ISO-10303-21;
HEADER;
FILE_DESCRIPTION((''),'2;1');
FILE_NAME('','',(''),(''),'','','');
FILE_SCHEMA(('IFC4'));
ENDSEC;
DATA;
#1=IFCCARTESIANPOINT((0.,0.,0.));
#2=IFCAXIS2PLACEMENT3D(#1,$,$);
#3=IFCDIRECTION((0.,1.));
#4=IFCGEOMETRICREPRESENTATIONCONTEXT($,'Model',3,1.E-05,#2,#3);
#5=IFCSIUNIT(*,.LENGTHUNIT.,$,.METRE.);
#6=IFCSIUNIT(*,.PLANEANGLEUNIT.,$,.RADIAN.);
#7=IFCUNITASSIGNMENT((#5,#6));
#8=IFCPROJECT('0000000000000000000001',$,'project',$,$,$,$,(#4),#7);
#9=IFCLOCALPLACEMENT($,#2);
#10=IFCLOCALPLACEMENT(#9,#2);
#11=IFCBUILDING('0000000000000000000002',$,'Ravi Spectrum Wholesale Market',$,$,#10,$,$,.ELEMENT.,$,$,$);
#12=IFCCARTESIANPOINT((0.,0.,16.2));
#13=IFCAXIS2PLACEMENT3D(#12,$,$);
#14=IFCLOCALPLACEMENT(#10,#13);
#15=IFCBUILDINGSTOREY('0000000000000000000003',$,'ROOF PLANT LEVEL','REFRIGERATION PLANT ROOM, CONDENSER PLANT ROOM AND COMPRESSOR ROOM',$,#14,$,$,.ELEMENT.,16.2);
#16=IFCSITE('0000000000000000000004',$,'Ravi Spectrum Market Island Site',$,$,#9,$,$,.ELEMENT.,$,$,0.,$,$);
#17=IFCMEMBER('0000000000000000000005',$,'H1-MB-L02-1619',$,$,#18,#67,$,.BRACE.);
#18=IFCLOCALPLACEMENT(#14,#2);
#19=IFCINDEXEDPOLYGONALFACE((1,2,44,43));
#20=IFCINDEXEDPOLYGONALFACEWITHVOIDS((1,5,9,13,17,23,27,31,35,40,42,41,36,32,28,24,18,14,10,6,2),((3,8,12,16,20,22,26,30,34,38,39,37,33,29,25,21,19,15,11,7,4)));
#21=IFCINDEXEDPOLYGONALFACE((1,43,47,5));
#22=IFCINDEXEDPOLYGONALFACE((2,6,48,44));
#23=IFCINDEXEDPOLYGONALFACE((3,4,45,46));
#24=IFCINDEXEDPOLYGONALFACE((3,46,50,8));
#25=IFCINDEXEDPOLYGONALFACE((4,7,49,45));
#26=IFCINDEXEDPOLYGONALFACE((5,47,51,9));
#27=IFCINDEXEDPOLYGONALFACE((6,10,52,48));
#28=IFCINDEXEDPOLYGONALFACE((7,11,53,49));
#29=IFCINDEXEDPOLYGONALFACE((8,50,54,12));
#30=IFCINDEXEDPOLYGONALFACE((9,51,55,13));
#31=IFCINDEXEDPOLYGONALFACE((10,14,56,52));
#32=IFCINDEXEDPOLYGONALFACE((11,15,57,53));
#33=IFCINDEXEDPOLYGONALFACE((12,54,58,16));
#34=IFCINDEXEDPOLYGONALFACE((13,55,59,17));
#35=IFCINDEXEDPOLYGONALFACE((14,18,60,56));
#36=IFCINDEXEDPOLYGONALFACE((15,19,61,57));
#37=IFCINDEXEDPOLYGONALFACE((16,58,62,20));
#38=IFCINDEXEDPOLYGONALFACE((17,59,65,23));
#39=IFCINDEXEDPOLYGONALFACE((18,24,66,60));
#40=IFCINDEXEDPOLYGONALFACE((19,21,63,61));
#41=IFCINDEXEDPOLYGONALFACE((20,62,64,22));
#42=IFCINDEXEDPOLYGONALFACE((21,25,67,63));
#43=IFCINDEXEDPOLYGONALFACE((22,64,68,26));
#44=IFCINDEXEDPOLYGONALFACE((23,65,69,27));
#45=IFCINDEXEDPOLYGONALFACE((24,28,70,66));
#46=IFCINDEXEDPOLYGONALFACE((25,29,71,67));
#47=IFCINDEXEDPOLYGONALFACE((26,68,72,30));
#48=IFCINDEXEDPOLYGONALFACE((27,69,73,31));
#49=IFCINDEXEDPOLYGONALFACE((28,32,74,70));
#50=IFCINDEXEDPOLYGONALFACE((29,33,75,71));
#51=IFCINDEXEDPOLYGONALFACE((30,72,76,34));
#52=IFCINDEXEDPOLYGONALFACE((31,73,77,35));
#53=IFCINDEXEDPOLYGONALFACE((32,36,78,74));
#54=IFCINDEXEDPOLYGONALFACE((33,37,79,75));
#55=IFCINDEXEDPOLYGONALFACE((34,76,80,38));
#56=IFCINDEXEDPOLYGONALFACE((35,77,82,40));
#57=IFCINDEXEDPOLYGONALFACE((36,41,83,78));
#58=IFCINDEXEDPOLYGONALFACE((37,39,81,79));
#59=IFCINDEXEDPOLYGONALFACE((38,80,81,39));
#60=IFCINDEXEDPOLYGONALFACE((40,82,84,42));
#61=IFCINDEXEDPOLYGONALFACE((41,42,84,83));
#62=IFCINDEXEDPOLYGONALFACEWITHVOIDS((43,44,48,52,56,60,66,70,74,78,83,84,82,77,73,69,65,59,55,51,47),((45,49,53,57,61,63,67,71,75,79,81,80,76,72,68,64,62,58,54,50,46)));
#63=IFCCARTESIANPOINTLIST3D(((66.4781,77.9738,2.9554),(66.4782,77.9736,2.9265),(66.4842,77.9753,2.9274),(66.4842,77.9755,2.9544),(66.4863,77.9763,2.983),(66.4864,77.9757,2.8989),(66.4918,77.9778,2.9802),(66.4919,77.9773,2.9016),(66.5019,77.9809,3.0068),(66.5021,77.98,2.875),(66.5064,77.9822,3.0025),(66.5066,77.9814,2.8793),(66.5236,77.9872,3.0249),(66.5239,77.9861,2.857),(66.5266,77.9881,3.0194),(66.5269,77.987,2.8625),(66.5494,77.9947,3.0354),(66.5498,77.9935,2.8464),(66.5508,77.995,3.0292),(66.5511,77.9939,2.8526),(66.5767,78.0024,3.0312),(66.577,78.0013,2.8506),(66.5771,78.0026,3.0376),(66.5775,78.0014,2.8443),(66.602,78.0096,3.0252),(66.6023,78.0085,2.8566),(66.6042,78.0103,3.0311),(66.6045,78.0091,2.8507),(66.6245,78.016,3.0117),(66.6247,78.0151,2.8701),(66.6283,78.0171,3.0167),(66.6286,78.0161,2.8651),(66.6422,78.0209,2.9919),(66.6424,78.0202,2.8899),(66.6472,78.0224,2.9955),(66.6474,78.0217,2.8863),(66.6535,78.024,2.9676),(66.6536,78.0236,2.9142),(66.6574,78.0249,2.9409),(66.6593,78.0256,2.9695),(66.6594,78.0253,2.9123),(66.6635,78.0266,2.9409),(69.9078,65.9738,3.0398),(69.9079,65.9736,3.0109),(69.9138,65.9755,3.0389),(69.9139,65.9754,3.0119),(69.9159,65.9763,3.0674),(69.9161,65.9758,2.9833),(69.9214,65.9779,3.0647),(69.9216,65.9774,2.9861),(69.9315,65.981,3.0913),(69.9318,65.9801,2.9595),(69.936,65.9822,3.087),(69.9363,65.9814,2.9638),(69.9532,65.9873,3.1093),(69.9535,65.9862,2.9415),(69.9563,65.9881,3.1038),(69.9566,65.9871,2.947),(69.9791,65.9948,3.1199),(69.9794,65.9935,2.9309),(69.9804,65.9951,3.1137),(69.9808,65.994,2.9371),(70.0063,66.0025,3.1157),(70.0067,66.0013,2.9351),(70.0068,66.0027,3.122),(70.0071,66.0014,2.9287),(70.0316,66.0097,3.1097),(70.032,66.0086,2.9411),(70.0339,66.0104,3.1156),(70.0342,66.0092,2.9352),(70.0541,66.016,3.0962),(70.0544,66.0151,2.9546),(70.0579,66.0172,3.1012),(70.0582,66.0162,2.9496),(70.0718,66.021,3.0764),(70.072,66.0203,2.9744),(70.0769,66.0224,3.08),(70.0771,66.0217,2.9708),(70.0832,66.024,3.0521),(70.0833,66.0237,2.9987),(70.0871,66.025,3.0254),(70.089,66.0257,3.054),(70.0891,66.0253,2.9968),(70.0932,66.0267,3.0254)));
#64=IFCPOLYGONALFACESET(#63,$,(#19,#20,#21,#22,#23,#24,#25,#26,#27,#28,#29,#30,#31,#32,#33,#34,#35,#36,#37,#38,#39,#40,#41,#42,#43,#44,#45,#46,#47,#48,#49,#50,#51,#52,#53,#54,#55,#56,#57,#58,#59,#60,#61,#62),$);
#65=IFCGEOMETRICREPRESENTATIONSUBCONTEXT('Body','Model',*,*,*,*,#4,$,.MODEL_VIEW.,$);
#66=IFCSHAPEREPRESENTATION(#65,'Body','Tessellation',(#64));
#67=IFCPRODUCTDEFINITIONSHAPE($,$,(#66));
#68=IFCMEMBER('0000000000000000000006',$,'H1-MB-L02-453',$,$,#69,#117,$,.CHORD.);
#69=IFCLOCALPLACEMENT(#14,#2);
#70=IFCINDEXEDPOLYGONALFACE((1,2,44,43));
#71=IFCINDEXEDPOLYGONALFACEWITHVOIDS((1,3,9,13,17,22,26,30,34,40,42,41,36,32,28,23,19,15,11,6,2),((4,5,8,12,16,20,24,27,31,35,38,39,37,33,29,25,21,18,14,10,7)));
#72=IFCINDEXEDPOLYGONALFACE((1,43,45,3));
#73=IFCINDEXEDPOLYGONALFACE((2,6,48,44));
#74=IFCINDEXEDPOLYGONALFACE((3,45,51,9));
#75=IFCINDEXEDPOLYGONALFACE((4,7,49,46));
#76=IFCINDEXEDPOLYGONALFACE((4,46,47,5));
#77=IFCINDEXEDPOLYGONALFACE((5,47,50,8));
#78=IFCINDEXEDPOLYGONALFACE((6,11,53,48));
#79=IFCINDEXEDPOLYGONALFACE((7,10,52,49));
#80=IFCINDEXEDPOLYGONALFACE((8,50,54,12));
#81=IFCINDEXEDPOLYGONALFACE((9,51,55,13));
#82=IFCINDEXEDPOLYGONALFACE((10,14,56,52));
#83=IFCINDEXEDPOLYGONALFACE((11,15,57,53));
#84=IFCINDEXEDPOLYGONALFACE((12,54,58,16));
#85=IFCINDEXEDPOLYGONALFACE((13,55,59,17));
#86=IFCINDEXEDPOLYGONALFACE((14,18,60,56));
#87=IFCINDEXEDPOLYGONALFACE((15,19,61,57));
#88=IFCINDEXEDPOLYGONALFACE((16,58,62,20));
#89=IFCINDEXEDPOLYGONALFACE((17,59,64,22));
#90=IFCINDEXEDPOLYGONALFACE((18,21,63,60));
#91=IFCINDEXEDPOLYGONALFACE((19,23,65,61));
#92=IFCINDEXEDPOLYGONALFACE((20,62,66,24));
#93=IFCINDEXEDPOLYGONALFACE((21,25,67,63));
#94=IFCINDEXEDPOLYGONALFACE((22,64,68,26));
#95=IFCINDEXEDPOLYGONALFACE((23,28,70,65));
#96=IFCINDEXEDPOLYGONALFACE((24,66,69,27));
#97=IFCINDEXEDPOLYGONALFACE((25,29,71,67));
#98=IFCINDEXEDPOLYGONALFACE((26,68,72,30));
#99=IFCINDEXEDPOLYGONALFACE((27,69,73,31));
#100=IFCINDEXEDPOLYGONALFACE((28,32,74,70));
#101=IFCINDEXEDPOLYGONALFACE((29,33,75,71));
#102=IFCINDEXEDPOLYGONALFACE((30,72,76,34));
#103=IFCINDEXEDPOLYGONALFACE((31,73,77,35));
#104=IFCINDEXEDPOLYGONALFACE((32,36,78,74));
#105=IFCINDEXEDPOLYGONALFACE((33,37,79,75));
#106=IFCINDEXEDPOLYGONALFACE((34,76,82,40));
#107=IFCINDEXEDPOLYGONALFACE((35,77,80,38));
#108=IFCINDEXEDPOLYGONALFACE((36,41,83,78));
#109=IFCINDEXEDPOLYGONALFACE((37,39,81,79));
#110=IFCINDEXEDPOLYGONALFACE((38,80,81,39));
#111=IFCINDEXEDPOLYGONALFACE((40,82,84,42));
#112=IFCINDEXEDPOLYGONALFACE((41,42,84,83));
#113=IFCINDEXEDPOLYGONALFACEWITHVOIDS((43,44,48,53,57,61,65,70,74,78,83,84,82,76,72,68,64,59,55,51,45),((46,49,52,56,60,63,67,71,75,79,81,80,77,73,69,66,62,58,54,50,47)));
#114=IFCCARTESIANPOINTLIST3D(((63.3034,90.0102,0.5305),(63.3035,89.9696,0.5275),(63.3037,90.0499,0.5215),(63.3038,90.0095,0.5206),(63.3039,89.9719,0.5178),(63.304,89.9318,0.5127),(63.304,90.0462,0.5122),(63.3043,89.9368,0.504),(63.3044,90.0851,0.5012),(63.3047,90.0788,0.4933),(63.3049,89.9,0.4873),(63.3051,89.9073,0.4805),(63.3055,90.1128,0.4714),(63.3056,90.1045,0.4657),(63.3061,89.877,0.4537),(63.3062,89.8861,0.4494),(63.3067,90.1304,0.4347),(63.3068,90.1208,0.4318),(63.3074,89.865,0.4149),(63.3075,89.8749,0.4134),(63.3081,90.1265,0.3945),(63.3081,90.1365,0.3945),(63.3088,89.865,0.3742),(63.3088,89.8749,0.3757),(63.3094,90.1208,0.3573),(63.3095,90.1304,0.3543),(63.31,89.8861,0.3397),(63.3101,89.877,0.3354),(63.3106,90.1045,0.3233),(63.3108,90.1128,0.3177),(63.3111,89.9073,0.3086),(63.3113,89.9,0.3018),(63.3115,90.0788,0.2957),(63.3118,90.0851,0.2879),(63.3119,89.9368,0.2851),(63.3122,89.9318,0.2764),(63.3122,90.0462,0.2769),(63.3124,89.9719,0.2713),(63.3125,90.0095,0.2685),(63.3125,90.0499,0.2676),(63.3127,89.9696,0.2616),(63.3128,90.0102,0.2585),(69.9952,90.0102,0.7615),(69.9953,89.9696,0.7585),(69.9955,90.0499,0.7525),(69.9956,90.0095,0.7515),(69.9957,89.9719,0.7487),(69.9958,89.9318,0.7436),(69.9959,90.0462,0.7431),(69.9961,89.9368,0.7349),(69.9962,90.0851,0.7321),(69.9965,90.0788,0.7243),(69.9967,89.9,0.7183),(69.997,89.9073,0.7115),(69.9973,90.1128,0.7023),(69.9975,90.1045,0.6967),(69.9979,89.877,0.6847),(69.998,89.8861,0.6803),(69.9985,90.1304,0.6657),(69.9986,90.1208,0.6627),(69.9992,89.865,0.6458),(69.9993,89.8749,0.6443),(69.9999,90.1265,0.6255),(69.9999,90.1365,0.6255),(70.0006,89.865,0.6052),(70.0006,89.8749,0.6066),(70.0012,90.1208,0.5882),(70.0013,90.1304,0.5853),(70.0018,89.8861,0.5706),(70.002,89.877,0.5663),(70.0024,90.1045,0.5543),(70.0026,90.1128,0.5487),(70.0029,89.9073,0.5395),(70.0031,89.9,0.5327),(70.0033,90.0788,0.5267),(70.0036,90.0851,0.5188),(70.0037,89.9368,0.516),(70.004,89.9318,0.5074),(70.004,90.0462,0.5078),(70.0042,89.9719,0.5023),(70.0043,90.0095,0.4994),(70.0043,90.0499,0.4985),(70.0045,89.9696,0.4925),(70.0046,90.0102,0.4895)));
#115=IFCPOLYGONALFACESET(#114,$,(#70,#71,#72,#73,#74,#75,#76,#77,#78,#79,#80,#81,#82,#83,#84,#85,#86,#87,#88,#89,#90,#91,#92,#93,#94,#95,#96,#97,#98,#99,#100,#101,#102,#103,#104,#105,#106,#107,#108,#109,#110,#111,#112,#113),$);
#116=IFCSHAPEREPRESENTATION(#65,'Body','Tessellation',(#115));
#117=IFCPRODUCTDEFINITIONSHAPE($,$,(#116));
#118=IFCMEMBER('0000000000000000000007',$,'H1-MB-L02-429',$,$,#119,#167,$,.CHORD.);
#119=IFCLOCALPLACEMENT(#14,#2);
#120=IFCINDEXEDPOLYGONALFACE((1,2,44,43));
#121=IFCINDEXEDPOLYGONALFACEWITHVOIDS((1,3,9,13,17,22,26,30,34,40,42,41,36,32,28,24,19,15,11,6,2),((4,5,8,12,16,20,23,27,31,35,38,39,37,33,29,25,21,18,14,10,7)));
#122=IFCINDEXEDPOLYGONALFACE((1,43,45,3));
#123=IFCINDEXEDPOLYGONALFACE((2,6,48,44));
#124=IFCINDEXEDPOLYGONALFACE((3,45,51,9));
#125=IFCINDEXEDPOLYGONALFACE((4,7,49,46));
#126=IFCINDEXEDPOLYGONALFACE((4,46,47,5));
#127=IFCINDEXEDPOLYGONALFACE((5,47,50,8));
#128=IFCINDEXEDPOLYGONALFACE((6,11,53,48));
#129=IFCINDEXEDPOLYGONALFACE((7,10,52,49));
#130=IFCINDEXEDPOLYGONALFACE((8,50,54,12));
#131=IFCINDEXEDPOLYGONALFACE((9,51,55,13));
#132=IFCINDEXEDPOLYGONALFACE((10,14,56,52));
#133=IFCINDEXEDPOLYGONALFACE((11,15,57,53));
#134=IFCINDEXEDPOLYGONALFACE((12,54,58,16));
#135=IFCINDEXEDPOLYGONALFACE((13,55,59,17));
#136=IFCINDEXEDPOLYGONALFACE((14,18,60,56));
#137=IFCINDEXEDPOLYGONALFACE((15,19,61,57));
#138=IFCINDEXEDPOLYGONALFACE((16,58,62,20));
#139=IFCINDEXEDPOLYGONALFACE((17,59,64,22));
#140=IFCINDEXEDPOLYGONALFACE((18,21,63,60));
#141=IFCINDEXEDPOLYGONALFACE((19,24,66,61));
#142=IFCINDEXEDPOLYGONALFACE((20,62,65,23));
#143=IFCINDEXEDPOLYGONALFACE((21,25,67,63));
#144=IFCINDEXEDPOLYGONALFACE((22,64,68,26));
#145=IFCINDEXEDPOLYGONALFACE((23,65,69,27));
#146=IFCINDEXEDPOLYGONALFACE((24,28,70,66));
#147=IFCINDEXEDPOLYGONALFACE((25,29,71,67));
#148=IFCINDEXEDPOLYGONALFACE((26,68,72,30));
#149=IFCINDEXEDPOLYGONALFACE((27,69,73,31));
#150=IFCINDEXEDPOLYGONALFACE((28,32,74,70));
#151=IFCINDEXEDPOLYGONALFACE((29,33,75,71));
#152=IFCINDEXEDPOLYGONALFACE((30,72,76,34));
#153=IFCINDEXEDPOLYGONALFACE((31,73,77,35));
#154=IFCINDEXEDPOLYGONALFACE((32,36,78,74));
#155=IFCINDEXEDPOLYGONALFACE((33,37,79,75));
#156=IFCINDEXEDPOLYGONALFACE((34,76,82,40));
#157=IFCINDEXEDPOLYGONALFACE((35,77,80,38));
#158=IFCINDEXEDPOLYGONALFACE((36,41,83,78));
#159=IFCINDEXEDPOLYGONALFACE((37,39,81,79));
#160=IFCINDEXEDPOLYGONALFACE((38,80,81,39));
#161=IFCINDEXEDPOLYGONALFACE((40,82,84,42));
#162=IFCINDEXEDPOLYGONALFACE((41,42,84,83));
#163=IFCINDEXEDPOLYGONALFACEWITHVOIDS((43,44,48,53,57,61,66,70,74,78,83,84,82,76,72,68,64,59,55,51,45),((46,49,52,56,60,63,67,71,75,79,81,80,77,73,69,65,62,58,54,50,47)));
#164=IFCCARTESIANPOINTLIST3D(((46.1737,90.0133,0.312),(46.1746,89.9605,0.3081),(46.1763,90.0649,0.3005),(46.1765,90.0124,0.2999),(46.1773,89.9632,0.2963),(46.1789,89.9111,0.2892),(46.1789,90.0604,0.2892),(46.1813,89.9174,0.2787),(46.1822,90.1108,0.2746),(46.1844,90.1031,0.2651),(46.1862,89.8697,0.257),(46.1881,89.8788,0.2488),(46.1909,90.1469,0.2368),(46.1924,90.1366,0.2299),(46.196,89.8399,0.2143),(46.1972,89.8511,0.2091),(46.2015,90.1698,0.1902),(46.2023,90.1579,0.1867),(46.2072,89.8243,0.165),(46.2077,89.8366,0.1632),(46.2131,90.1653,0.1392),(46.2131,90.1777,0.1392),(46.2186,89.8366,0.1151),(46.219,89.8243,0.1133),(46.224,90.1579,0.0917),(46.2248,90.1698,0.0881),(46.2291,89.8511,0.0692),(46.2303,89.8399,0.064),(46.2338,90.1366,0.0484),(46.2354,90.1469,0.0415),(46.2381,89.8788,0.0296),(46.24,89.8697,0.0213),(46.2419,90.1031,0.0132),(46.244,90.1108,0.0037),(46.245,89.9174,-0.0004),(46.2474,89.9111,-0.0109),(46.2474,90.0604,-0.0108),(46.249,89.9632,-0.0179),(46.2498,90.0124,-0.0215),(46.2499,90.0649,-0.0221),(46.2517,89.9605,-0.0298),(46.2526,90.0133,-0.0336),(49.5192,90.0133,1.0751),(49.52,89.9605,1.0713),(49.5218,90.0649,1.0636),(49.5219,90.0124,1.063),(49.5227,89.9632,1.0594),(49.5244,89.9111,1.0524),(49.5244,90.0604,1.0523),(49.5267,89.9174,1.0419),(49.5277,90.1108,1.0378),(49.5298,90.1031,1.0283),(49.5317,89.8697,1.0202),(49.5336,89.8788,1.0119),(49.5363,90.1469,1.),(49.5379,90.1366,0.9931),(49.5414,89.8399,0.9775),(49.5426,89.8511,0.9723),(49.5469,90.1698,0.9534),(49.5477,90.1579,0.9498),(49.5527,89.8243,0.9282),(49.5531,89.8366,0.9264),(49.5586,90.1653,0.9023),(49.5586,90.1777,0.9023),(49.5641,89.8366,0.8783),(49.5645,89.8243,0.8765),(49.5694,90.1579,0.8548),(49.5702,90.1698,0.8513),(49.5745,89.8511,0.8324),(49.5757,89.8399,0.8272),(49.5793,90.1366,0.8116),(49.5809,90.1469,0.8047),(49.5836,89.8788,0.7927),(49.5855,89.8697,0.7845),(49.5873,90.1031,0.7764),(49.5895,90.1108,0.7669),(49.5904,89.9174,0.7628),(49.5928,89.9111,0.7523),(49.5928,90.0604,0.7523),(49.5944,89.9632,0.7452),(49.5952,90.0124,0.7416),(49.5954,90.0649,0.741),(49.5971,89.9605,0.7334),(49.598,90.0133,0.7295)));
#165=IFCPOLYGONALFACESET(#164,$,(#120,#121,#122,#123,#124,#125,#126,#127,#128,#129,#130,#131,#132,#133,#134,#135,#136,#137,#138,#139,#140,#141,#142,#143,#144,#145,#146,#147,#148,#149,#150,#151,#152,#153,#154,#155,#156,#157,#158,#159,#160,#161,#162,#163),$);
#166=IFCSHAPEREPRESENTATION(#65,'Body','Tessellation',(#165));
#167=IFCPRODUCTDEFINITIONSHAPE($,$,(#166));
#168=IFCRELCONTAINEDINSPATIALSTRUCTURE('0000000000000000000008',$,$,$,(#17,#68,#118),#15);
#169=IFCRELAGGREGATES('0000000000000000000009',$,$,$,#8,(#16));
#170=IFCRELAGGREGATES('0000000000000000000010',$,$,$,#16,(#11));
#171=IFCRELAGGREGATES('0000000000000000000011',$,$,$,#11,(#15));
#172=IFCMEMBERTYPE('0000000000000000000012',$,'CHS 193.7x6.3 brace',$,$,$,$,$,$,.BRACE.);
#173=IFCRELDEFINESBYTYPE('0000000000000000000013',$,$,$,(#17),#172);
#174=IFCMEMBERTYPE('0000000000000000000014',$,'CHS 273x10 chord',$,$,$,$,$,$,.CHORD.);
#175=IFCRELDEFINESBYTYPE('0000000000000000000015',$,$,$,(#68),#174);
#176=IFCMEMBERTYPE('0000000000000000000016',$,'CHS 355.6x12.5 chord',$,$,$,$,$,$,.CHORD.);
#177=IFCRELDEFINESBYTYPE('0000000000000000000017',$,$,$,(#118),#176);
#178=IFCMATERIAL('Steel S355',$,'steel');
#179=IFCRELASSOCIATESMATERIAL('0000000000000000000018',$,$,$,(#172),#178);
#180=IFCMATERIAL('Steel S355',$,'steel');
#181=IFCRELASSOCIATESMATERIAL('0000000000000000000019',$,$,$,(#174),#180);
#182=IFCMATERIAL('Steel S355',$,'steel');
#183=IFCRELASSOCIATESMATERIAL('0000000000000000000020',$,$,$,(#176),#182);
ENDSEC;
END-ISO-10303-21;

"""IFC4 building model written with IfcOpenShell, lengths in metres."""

from ifc_helpers import new_model, si_unit, direction, frame, origin, origin_2d, place, context, subcontext, project, spatial, hollow_circle, extrude, material, material_profile, profile_set, type_object, element, save


model = new_model("IFC4")

# Units and contexts
model_context = context("Model", 3, precision=1e-05, world=origin(), true_north=direction((0.0, 1.0)))
body_context = subcontext(model_context, "Body", "Model", "MODEL_VIEW")
ifc_project = project(units=[si_unit("LENGTHUNIT", "METRE"), si_unit("PLANEANGLEUNIT", "RADIAN")], contexts=[model_context])

# Site, building, storey
site_placement = place(None, origin())
site = spatial("IfcSite", under=ifc_project, at=site_placement, Name="Ravi Spectrum Market Island Site", CompositionType="ELEMENT", RefElevation=0.0)
building_placement = place(site_placement, origin())
building = spatial("IfcBuilding", under=site, at=building_placement, Name="Ravi Spectrum Wholesale Market", CompositionType="ELEMENT")
storey_placement = place(building_placement, frame((0.0, 0.0, 16.2)))
storey = spatial("IfcBuildingStorey", under=building, at=storey_placement, Name="ROOF PLANT LEVEL", Description="REFRIGERATION PLANT ROOM, CONDENSER PLANT ROOM AND COMPRESSOR ROOM", CompositionType="ELEMENT", Elevation=16.2)

# Members
ifc_material_1 = material(Name="Steel S355", Category="steel")
ifc_material_profile_1 = material_profile(ifc_material_1, hollow_circle(Radius=0.0969, WallThickness=0.0063, at=origin_2d()))
ifc_profile_set_1 = profile_set([ifc_material_profile_1], Name="Steel S355")
member_type_1 = type_object("IfcMemberType", Name="CHS 193.7x6.3 brace", PredefinedType="BRACE", material=ifc_profile_set_1)
member_1_placement = place(storey_placement, frame((66.5703, 78.0, 2.9409), z_axis=(0.274798, -0.961478, 0.006768), x_axis=(0.9615, 0.274804, 0.0)))
element("IfcMember", 1, at=member_1_placement, inside=storey, type_object=member_type_1, Name="H1-MB-L02-1619", PredefinedType="BRACE", context=body_context, shape_type="SweptSolid", body=[
    extrude(hollow_circle(Radius=0.0969, WallThickness=0.0063, at=origin_2d()), origin(), (0.0, 0.0, 1.0), 12.4807),
])
ifc_material_2 = material(Name="Steel S355", Category="steel")
ifc_material_profile_2 = material_profile(ifc_material_2, hollow_circle(Radius=0.1365, WallThickness=0.01, at=origin_2d()))
ifc_profile_set_2 = profile_set([ifc_material_profile_2], Name="Steel S355")
member_type_2 = type_object("IfcMemberType", Name="CHS 273x10 chord", PredefinedType="CHORD", material=ifc_profile_set_2)
member_2_placement = place(storey_placement, frame((63.3081, 90.0, 0.3945), z_axis=(0.999405, 0.0, 0.034492), x_axis=(0.0, 1.0, 0.0)))
element("IfcMember", 2, at=member_2_placement, inside=storey, type_object=member_type_2, Name="H1-MB-L02-453", PredefinedType="CHORD", context=body_context, shape_type="SweptSolid", body=[
    extrude(hollow_circle(Radius=0.1365, WallThickness=0.01, at=origin_2d()), origin(), (0.0, 0.0, 1.0), 6.6958),
])
ifc_material_3 = material(Name="Steel S355", Category="steel")
ifc_material_profile_3 = material_profile(ifc_material_3, hollow_circle(Radius=0.1777, WallThickness=0.0125, at=origin_2d()))
ifc_profile_set_3 = profile_set([ifc_material_profile_3], Name="Steel S355")
member_type_3 = type_object("IfcMemberType", Name="CHS 355.6x12.5 chord", PredefinedType="CHORD", material=ifc_profile_set_3)
member_3_placement = place(storey_placement, frame((46.2131, 90.0, 0.1392), z_axis=(0.974953, 0.0, 0.222411), x_axis=(0.0, 1.0, 0.0)))
element("IfcMember", 3, at=member_3_placement, inside=storey, type_object=member_type_3, Name="H1-MB-L02-429", PredefinedType="CHORD", context=body_context, shape_type="SweptSolid", body=[
    extrude(hollow_circle(Radius=0.1777, WallThickness=0.0125, at=origin_2d()), origin(), (0.0, 0.0, 1.0), 3.4314),
])

save(model, "model.ifc")
